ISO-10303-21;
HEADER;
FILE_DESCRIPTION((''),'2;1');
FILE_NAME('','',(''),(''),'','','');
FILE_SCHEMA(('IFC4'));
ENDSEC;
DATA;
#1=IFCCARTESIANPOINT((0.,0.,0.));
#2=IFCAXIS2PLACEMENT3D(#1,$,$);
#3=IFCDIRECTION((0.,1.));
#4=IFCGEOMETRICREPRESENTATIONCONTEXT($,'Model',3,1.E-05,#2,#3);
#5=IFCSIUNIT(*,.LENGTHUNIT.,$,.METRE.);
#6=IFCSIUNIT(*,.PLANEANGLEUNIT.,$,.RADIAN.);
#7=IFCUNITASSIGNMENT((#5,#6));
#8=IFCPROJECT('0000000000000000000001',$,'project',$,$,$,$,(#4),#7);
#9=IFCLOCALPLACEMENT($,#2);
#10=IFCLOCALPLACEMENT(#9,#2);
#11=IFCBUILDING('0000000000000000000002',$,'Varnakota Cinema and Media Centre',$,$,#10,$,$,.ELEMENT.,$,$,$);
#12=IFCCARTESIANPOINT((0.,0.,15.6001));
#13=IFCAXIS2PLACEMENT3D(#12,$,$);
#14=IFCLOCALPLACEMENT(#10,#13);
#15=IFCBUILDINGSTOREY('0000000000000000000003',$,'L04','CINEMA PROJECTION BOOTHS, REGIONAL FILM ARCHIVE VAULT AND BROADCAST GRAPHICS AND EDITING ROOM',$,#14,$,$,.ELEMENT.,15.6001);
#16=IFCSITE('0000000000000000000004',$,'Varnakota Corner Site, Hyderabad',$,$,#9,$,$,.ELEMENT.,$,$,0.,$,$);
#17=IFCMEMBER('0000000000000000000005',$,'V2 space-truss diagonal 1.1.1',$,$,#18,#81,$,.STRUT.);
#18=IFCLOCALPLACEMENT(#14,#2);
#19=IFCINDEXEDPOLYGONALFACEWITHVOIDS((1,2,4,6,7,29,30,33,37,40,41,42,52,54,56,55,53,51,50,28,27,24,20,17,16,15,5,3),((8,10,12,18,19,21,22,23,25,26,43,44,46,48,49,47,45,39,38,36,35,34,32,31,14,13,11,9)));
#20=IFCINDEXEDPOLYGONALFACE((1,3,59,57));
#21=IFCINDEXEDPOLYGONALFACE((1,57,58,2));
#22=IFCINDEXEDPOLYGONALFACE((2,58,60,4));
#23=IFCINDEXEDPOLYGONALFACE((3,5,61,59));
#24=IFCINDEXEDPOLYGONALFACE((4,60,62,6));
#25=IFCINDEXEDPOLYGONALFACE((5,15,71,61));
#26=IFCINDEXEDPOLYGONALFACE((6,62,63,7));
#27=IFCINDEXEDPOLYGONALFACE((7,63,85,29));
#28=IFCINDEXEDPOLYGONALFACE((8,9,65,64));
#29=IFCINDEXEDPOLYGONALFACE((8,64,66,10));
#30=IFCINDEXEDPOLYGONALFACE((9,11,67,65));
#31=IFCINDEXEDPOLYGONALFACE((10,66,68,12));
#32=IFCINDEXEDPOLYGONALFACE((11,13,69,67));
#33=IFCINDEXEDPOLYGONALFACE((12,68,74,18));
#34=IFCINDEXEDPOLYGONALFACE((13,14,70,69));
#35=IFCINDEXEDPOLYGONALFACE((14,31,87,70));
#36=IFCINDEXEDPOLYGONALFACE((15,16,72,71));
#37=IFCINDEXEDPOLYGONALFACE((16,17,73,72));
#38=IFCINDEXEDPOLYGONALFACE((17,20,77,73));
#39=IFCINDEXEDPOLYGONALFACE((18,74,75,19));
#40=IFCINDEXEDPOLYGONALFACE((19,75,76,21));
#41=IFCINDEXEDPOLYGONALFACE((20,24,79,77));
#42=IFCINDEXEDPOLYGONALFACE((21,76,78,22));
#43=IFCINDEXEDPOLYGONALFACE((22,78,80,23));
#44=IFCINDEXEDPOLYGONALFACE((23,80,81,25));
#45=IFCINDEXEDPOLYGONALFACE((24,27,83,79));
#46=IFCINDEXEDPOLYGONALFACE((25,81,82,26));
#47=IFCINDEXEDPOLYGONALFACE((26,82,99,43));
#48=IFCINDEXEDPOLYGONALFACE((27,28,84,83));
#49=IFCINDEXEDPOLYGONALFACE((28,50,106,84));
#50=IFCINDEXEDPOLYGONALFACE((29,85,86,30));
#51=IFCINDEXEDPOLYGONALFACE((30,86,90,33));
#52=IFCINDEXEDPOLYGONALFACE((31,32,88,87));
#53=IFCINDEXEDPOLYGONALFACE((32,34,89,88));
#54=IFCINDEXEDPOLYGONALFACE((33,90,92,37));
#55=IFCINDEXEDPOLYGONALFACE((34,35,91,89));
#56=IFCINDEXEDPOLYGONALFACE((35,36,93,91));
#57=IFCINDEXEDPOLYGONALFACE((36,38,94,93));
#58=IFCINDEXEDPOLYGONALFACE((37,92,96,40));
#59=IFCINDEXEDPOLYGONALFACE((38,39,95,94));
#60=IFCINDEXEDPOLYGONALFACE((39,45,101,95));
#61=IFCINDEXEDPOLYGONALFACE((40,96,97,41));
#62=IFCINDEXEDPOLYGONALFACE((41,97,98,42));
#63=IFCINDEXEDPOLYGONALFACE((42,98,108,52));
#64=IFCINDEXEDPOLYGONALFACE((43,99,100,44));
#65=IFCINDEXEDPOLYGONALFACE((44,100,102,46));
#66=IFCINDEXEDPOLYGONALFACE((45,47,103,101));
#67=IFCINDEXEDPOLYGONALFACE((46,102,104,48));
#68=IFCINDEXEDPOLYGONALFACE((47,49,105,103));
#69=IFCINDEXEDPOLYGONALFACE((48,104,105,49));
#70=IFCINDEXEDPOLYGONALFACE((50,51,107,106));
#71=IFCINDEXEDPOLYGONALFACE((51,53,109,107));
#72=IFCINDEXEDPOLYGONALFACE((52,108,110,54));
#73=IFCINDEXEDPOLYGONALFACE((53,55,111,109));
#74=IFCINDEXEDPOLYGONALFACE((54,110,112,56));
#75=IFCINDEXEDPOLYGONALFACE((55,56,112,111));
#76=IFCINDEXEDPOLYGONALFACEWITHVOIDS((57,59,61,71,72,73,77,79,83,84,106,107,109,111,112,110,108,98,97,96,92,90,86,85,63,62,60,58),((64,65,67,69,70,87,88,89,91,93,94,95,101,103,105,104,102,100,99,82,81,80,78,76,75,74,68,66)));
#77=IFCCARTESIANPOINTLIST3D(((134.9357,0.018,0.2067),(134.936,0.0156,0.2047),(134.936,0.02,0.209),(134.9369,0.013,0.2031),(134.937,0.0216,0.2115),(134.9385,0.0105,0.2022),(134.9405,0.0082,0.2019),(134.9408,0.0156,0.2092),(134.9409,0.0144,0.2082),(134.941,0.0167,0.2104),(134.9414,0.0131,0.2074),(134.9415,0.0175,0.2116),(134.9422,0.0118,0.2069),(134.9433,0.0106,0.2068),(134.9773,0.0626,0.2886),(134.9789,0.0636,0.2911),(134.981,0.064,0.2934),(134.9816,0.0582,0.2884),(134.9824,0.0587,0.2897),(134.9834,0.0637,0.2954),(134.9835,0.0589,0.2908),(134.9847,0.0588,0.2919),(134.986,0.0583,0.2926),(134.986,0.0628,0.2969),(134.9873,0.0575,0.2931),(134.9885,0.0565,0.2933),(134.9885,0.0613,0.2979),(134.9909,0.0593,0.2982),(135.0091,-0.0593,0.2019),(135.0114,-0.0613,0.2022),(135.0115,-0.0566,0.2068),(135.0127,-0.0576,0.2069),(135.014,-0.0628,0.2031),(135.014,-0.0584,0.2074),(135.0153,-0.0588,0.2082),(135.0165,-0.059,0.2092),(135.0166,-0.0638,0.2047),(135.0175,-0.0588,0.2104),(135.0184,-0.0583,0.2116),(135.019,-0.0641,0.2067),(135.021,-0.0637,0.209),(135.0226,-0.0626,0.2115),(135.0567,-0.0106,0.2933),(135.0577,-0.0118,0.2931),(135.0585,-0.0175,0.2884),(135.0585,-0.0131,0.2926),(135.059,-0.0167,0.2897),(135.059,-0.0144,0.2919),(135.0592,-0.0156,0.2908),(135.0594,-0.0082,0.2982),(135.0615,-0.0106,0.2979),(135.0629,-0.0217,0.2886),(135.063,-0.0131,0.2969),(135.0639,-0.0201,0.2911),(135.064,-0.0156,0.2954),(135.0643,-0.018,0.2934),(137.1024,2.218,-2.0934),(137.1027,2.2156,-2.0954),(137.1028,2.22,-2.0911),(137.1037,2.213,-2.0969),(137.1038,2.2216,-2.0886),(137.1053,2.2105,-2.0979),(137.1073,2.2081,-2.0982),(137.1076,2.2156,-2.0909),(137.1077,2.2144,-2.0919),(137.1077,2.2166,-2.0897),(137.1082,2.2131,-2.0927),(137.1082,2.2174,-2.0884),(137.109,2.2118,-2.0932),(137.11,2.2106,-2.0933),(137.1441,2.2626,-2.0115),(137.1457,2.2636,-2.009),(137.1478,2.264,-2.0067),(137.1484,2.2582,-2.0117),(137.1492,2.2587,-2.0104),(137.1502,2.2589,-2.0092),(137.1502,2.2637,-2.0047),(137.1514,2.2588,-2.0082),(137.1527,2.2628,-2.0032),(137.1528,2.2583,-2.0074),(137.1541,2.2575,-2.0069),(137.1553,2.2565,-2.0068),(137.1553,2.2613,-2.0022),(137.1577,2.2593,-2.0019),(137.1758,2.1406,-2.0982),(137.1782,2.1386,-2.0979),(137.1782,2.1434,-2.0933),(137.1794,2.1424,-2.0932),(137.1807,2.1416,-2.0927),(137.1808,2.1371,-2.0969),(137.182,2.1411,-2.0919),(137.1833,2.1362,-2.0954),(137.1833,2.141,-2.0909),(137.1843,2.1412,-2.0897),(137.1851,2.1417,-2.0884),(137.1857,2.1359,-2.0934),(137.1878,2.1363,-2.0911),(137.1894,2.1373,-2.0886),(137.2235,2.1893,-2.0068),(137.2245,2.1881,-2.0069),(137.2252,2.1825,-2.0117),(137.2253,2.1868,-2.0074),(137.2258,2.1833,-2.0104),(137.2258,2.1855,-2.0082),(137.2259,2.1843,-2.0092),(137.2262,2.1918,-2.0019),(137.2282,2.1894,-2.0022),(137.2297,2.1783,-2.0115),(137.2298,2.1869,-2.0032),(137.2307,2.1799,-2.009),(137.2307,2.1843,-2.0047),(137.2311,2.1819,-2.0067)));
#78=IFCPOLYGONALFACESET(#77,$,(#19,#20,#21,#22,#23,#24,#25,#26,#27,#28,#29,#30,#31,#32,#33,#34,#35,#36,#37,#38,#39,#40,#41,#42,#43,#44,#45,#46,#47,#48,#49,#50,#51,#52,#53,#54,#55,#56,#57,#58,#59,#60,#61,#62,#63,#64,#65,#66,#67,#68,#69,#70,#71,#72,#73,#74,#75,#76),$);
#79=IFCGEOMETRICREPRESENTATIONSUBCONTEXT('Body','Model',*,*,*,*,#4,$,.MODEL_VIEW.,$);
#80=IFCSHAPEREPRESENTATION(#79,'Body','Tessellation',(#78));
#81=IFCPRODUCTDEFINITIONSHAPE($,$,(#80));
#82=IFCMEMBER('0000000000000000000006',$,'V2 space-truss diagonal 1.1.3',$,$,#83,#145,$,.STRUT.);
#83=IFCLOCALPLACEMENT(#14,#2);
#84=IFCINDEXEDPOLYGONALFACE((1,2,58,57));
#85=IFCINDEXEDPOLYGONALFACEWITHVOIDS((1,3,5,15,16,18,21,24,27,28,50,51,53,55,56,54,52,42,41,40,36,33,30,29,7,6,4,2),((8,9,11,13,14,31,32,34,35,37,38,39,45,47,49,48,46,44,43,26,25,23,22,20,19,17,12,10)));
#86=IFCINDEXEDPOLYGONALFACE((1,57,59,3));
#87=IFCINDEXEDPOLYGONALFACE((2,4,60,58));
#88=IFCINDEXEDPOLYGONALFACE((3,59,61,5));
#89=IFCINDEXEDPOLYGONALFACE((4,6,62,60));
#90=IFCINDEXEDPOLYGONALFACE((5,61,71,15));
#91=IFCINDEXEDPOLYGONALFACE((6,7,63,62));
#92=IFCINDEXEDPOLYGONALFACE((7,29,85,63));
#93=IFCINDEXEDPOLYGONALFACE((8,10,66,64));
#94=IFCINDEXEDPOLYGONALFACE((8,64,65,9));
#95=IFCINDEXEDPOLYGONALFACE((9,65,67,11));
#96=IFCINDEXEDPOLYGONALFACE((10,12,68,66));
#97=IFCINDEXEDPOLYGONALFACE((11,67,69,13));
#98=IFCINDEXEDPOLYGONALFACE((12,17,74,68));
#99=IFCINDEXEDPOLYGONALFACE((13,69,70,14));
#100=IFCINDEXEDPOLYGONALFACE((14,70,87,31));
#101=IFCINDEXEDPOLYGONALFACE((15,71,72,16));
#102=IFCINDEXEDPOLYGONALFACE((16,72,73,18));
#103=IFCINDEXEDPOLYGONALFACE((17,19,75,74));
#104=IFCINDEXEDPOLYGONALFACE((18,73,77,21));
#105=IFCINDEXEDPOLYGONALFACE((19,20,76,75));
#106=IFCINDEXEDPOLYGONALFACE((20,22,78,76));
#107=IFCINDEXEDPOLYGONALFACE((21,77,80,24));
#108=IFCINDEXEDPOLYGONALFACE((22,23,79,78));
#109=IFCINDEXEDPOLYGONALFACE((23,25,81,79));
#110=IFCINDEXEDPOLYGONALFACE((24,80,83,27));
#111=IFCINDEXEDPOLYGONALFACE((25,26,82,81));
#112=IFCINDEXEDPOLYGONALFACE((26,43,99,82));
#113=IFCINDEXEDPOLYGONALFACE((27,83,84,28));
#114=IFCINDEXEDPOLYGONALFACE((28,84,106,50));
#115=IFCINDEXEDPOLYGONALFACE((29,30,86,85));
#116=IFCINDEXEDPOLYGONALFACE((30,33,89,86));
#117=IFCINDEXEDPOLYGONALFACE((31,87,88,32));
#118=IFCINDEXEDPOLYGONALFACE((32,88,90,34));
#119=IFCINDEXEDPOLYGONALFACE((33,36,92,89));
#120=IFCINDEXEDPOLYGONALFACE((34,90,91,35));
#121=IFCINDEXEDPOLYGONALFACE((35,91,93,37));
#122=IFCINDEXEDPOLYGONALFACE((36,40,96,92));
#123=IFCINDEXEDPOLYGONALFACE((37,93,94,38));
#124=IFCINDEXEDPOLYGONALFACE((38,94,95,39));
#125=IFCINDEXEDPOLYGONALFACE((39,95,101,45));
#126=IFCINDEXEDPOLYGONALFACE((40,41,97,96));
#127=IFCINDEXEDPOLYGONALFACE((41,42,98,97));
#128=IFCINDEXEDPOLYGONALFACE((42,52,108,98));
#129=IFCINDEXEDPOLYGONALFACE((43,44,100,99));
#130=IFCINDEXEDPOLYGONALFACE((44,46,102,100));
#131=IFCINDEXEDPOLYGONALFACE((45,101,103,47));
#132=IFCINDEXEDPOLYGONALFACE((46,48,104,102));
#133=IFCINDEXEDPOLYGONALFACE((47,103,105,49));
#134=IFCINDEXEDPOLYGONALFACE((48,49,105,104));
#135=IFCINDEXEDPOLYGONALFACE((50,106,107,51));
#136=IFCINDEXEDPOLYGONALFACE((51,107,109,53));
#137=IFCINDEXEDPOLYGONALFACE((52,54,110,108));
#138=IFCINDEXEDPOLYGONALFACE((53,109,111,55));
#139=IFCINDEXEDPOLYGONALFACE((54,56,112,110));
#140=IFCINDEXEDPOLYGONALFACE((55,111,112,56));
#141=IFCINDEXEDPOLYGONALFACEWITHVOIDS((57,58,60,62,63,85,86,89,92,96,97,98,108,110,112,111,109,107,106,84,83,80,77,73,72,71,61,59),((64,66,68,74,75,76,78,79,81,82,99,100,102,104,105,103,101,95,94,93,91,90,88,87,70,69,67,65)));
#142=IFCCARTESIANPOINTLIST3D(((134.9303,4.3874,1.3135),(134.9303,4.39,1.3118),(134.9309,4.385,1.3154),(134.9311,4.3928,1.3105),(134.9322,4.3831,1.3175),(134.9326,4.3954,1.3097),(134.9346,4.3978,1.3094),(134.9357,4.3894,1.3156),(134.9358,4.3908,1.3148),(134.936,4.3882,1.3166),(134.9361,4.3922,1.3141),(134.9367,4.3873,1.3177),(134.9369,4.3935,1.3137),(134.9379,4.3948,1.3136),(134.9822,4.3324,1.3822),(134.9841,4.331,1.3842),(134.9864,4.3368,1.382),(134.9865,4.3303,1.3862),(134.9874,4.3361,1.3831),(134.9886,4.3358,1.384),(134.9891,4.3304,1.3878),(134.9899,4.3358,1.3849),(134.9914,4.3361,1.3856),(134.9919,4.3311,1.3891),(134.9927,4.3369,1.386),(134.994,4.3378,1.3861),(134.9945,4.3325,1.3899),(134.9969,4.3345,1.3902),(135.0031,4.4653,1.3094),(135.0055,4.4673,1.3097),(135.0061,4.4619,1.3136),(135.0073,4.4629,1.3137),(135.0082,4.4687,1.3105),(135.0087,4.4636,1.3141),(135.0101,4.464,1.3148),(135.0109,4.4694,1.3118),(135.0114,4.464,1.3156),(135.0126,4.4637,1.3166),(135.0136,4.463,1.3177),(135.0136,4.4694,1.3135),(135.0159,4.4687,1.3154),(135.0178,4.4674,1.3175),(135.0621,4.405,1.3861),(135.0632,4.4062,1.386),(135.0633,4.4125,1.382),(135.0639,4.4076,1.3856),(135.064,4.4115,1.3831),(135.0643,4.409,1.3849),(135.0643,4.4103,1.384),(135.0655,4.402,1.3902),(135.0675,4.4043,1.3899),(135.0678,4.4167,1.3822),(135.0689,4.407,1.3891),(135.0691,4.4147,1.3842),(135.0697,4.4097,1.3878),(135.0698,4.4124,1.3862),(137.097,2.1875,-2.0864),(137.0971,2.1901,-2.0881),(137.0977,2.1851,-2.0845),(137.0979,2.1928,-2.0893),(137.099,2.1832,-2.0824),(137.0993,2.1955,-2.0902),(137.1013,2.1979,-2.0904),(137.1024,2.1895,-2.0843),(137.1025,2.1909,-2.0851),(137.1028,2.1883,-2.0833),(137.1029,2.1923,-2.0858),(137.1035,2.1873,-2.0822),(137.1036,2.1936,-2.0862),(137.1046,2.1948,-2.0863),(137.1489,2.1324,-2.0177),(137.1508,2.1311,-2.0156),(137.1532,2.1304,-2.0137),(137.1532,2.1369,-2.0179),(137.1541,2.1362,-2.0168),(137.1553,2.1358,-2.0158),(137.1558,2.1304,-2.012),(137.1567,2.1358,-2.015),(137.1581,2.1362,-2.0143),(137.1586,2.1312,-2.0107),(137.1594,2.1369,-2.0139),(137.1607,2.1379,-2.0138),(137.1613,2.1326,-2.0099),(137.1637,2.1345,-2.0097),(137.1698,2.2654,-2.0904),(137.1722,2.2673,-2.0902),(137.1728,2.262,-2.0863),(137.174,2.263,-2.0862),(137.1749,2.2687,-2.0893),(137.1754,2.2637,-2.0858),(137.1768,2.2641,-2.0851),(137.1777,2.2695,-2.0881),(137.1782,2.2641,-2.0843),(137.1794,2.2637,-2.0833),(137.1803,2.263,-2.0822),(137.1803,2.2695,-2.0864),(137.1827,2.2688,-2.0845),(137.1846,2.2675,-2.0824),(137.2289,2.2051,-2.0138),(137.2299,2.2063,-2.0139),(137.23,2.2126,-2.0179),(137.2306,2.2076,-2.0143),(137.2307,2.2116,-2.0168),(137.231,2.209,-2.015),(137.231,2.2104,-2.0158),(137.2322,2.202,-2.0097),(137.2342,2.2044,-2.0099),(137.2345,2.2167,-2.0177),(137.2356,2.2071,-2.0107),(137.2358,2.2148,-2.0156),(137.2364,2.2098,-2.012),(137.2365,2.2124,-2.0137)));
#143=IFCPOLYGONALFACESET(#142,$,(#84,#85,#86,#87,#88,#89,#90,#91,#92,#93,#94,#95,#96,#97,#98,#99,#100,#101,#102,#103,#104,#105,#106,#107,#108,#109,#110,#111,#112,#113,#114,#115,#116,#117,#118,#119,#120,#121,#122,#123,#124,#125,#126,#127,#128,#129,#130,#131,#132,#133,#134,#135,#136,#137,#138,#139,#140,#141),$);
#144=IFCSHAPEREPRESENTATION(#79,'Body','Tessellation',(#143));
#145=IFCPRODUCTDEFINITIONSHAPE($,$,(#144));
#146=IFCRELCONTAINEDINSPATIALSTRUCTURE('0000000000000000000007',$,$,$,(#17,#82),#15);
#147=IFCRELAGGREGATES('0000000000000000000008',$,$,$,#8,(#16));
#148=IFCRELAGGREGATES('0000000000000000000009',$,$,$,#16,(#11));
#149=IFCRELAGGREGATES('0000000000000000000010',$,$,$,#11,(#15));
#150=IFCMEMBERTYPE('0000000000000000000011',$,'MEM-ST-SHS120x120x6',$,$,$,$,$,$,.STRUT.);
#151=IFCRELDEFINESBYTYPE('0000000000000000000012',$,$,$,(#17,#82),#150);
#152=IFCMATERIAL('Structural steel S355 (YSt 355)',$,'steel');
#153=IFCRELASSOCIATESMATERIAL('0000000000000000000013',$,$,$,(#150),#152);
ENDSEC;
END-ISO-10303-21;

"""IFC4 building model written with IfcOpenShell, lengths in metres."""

from ifc_helpers import new_model, si_unit, direction, frame, origin, origin_2d, place, context, subcontext, project, spatial, hollow_rectangle, extrude, material, material_profile, profile_set, type_object, element, save


model = new_model("IFC4")

# Units and contexts
model_context = context("Model", 3, precision=1e-05, world=origin(), true_north=direction((0.0, 1.0)))
body_context = subcontext(model_context, "Body", "Model", "MODEL_VIEW")
ifc_project = project(units=[si_unit("LENGTHUNIT", "METRE"), si_unit("PLANEANGLEUNIT", "RADIAN")], contexts=[model_context])

# Site, building, storey
site_placement = place(None, origin())
site = spatial("IfcSite", under=ifc_project, at=site_placement, Name="Varnakota Corner Site, Hyderabad", CompositionType="ELEMENT", RefElevation=0.0)
building_placement = place(site_placement, origin())
building = spatial("IfcBuilding", under=site, at=building_placement, Name="Varnakota Cinema and Media Centre", CompositionType="ELEMENT")
storey_placement = place(building_placement, frame((0.0, 0.0, 15.6001)))
storey = spatial("IfcBuildingStorey", under=building, at=storey_placement, Name="L04", Description="CINEMA PROJECTION BOOTHS, REGIONAL FILM ARCHIVE VAULT AND BROADCAST GRAPHICS AND EDITING ROOM", CompositionType="ELEMENT", Elevation=15.6001)

# Members
ifc_material_1 = material(Name="Structural steel S355 (YSt 355)", Category="steel")
ifc_material_profile_1 = material_profile(ifc_material_1, hollow_rectangle(XDim=0.1201, YDim=0.1201, WallThickness=0.0061, InnerFilletRadius=0.0061, OuterFilletRadius=0.012, at=origin_2d()), Name="SHS 120x120x6")
ifc_profile_set_1 = profile_set([ifc_material_profile_1], Name="Structural steel S355 (YSt 355)")
member_type_1 = type_object("IfcMemberType", Name="MEM-ST-SHS120x120x6", PredefinedType="STRUT", material=ifc_profile_set_1)
member_1_placement = place(storey_placement, frame((137.1667, 2.2, -2.05), z_axis=(-0.562748, -0.571371, 0.597369), x_axis=(0.712463, -0.70171, 0.0)))
element("IfcMember", 1, at=member_1_placement, inside=storey, type_object=member_type_1, Name="V2 space-truss diagonal 1.1.1", PredefinedType="STRUT", context=body_context, shape_type="SweptSolid", body=[
    extrude(hollow_rectangle(XDim=0.1201, YDim=0.1201, WallThickness=0.0061, InnerFilletRadius=0.0061, OuterFilletRadius=0.012, at=origin_2d()), origin(), (0.0, 0.0, 1.0), 3.8503),
])
member_2_placement = place(storey_placement, frame((137.1667, 2.2, -2.05), z_axis=(-0.471769, 0.478999, 0.740266), x_axis=(-0.712463, -0.70171, 0.0)))
element("IfcMember", 2, at=member_2_placement, inside=storey, type_object=member_type_1, Name="V2 space-truss diagonal 1.1.3", PredefinedType="STRUT", context=body_context, shape_type="SweptSolid", body=[
    extrude(hollow_rectangle(XDim=0.1201, YDim=0.1201, WallThickness=0.0061, InnerFilletRadius=0.0061, OuterFilletRadius=0.012, at=origin_2d()), origin(), (0.0, 0.0, 1.0), 4.5928),
])

save(model, "model.ifc")
